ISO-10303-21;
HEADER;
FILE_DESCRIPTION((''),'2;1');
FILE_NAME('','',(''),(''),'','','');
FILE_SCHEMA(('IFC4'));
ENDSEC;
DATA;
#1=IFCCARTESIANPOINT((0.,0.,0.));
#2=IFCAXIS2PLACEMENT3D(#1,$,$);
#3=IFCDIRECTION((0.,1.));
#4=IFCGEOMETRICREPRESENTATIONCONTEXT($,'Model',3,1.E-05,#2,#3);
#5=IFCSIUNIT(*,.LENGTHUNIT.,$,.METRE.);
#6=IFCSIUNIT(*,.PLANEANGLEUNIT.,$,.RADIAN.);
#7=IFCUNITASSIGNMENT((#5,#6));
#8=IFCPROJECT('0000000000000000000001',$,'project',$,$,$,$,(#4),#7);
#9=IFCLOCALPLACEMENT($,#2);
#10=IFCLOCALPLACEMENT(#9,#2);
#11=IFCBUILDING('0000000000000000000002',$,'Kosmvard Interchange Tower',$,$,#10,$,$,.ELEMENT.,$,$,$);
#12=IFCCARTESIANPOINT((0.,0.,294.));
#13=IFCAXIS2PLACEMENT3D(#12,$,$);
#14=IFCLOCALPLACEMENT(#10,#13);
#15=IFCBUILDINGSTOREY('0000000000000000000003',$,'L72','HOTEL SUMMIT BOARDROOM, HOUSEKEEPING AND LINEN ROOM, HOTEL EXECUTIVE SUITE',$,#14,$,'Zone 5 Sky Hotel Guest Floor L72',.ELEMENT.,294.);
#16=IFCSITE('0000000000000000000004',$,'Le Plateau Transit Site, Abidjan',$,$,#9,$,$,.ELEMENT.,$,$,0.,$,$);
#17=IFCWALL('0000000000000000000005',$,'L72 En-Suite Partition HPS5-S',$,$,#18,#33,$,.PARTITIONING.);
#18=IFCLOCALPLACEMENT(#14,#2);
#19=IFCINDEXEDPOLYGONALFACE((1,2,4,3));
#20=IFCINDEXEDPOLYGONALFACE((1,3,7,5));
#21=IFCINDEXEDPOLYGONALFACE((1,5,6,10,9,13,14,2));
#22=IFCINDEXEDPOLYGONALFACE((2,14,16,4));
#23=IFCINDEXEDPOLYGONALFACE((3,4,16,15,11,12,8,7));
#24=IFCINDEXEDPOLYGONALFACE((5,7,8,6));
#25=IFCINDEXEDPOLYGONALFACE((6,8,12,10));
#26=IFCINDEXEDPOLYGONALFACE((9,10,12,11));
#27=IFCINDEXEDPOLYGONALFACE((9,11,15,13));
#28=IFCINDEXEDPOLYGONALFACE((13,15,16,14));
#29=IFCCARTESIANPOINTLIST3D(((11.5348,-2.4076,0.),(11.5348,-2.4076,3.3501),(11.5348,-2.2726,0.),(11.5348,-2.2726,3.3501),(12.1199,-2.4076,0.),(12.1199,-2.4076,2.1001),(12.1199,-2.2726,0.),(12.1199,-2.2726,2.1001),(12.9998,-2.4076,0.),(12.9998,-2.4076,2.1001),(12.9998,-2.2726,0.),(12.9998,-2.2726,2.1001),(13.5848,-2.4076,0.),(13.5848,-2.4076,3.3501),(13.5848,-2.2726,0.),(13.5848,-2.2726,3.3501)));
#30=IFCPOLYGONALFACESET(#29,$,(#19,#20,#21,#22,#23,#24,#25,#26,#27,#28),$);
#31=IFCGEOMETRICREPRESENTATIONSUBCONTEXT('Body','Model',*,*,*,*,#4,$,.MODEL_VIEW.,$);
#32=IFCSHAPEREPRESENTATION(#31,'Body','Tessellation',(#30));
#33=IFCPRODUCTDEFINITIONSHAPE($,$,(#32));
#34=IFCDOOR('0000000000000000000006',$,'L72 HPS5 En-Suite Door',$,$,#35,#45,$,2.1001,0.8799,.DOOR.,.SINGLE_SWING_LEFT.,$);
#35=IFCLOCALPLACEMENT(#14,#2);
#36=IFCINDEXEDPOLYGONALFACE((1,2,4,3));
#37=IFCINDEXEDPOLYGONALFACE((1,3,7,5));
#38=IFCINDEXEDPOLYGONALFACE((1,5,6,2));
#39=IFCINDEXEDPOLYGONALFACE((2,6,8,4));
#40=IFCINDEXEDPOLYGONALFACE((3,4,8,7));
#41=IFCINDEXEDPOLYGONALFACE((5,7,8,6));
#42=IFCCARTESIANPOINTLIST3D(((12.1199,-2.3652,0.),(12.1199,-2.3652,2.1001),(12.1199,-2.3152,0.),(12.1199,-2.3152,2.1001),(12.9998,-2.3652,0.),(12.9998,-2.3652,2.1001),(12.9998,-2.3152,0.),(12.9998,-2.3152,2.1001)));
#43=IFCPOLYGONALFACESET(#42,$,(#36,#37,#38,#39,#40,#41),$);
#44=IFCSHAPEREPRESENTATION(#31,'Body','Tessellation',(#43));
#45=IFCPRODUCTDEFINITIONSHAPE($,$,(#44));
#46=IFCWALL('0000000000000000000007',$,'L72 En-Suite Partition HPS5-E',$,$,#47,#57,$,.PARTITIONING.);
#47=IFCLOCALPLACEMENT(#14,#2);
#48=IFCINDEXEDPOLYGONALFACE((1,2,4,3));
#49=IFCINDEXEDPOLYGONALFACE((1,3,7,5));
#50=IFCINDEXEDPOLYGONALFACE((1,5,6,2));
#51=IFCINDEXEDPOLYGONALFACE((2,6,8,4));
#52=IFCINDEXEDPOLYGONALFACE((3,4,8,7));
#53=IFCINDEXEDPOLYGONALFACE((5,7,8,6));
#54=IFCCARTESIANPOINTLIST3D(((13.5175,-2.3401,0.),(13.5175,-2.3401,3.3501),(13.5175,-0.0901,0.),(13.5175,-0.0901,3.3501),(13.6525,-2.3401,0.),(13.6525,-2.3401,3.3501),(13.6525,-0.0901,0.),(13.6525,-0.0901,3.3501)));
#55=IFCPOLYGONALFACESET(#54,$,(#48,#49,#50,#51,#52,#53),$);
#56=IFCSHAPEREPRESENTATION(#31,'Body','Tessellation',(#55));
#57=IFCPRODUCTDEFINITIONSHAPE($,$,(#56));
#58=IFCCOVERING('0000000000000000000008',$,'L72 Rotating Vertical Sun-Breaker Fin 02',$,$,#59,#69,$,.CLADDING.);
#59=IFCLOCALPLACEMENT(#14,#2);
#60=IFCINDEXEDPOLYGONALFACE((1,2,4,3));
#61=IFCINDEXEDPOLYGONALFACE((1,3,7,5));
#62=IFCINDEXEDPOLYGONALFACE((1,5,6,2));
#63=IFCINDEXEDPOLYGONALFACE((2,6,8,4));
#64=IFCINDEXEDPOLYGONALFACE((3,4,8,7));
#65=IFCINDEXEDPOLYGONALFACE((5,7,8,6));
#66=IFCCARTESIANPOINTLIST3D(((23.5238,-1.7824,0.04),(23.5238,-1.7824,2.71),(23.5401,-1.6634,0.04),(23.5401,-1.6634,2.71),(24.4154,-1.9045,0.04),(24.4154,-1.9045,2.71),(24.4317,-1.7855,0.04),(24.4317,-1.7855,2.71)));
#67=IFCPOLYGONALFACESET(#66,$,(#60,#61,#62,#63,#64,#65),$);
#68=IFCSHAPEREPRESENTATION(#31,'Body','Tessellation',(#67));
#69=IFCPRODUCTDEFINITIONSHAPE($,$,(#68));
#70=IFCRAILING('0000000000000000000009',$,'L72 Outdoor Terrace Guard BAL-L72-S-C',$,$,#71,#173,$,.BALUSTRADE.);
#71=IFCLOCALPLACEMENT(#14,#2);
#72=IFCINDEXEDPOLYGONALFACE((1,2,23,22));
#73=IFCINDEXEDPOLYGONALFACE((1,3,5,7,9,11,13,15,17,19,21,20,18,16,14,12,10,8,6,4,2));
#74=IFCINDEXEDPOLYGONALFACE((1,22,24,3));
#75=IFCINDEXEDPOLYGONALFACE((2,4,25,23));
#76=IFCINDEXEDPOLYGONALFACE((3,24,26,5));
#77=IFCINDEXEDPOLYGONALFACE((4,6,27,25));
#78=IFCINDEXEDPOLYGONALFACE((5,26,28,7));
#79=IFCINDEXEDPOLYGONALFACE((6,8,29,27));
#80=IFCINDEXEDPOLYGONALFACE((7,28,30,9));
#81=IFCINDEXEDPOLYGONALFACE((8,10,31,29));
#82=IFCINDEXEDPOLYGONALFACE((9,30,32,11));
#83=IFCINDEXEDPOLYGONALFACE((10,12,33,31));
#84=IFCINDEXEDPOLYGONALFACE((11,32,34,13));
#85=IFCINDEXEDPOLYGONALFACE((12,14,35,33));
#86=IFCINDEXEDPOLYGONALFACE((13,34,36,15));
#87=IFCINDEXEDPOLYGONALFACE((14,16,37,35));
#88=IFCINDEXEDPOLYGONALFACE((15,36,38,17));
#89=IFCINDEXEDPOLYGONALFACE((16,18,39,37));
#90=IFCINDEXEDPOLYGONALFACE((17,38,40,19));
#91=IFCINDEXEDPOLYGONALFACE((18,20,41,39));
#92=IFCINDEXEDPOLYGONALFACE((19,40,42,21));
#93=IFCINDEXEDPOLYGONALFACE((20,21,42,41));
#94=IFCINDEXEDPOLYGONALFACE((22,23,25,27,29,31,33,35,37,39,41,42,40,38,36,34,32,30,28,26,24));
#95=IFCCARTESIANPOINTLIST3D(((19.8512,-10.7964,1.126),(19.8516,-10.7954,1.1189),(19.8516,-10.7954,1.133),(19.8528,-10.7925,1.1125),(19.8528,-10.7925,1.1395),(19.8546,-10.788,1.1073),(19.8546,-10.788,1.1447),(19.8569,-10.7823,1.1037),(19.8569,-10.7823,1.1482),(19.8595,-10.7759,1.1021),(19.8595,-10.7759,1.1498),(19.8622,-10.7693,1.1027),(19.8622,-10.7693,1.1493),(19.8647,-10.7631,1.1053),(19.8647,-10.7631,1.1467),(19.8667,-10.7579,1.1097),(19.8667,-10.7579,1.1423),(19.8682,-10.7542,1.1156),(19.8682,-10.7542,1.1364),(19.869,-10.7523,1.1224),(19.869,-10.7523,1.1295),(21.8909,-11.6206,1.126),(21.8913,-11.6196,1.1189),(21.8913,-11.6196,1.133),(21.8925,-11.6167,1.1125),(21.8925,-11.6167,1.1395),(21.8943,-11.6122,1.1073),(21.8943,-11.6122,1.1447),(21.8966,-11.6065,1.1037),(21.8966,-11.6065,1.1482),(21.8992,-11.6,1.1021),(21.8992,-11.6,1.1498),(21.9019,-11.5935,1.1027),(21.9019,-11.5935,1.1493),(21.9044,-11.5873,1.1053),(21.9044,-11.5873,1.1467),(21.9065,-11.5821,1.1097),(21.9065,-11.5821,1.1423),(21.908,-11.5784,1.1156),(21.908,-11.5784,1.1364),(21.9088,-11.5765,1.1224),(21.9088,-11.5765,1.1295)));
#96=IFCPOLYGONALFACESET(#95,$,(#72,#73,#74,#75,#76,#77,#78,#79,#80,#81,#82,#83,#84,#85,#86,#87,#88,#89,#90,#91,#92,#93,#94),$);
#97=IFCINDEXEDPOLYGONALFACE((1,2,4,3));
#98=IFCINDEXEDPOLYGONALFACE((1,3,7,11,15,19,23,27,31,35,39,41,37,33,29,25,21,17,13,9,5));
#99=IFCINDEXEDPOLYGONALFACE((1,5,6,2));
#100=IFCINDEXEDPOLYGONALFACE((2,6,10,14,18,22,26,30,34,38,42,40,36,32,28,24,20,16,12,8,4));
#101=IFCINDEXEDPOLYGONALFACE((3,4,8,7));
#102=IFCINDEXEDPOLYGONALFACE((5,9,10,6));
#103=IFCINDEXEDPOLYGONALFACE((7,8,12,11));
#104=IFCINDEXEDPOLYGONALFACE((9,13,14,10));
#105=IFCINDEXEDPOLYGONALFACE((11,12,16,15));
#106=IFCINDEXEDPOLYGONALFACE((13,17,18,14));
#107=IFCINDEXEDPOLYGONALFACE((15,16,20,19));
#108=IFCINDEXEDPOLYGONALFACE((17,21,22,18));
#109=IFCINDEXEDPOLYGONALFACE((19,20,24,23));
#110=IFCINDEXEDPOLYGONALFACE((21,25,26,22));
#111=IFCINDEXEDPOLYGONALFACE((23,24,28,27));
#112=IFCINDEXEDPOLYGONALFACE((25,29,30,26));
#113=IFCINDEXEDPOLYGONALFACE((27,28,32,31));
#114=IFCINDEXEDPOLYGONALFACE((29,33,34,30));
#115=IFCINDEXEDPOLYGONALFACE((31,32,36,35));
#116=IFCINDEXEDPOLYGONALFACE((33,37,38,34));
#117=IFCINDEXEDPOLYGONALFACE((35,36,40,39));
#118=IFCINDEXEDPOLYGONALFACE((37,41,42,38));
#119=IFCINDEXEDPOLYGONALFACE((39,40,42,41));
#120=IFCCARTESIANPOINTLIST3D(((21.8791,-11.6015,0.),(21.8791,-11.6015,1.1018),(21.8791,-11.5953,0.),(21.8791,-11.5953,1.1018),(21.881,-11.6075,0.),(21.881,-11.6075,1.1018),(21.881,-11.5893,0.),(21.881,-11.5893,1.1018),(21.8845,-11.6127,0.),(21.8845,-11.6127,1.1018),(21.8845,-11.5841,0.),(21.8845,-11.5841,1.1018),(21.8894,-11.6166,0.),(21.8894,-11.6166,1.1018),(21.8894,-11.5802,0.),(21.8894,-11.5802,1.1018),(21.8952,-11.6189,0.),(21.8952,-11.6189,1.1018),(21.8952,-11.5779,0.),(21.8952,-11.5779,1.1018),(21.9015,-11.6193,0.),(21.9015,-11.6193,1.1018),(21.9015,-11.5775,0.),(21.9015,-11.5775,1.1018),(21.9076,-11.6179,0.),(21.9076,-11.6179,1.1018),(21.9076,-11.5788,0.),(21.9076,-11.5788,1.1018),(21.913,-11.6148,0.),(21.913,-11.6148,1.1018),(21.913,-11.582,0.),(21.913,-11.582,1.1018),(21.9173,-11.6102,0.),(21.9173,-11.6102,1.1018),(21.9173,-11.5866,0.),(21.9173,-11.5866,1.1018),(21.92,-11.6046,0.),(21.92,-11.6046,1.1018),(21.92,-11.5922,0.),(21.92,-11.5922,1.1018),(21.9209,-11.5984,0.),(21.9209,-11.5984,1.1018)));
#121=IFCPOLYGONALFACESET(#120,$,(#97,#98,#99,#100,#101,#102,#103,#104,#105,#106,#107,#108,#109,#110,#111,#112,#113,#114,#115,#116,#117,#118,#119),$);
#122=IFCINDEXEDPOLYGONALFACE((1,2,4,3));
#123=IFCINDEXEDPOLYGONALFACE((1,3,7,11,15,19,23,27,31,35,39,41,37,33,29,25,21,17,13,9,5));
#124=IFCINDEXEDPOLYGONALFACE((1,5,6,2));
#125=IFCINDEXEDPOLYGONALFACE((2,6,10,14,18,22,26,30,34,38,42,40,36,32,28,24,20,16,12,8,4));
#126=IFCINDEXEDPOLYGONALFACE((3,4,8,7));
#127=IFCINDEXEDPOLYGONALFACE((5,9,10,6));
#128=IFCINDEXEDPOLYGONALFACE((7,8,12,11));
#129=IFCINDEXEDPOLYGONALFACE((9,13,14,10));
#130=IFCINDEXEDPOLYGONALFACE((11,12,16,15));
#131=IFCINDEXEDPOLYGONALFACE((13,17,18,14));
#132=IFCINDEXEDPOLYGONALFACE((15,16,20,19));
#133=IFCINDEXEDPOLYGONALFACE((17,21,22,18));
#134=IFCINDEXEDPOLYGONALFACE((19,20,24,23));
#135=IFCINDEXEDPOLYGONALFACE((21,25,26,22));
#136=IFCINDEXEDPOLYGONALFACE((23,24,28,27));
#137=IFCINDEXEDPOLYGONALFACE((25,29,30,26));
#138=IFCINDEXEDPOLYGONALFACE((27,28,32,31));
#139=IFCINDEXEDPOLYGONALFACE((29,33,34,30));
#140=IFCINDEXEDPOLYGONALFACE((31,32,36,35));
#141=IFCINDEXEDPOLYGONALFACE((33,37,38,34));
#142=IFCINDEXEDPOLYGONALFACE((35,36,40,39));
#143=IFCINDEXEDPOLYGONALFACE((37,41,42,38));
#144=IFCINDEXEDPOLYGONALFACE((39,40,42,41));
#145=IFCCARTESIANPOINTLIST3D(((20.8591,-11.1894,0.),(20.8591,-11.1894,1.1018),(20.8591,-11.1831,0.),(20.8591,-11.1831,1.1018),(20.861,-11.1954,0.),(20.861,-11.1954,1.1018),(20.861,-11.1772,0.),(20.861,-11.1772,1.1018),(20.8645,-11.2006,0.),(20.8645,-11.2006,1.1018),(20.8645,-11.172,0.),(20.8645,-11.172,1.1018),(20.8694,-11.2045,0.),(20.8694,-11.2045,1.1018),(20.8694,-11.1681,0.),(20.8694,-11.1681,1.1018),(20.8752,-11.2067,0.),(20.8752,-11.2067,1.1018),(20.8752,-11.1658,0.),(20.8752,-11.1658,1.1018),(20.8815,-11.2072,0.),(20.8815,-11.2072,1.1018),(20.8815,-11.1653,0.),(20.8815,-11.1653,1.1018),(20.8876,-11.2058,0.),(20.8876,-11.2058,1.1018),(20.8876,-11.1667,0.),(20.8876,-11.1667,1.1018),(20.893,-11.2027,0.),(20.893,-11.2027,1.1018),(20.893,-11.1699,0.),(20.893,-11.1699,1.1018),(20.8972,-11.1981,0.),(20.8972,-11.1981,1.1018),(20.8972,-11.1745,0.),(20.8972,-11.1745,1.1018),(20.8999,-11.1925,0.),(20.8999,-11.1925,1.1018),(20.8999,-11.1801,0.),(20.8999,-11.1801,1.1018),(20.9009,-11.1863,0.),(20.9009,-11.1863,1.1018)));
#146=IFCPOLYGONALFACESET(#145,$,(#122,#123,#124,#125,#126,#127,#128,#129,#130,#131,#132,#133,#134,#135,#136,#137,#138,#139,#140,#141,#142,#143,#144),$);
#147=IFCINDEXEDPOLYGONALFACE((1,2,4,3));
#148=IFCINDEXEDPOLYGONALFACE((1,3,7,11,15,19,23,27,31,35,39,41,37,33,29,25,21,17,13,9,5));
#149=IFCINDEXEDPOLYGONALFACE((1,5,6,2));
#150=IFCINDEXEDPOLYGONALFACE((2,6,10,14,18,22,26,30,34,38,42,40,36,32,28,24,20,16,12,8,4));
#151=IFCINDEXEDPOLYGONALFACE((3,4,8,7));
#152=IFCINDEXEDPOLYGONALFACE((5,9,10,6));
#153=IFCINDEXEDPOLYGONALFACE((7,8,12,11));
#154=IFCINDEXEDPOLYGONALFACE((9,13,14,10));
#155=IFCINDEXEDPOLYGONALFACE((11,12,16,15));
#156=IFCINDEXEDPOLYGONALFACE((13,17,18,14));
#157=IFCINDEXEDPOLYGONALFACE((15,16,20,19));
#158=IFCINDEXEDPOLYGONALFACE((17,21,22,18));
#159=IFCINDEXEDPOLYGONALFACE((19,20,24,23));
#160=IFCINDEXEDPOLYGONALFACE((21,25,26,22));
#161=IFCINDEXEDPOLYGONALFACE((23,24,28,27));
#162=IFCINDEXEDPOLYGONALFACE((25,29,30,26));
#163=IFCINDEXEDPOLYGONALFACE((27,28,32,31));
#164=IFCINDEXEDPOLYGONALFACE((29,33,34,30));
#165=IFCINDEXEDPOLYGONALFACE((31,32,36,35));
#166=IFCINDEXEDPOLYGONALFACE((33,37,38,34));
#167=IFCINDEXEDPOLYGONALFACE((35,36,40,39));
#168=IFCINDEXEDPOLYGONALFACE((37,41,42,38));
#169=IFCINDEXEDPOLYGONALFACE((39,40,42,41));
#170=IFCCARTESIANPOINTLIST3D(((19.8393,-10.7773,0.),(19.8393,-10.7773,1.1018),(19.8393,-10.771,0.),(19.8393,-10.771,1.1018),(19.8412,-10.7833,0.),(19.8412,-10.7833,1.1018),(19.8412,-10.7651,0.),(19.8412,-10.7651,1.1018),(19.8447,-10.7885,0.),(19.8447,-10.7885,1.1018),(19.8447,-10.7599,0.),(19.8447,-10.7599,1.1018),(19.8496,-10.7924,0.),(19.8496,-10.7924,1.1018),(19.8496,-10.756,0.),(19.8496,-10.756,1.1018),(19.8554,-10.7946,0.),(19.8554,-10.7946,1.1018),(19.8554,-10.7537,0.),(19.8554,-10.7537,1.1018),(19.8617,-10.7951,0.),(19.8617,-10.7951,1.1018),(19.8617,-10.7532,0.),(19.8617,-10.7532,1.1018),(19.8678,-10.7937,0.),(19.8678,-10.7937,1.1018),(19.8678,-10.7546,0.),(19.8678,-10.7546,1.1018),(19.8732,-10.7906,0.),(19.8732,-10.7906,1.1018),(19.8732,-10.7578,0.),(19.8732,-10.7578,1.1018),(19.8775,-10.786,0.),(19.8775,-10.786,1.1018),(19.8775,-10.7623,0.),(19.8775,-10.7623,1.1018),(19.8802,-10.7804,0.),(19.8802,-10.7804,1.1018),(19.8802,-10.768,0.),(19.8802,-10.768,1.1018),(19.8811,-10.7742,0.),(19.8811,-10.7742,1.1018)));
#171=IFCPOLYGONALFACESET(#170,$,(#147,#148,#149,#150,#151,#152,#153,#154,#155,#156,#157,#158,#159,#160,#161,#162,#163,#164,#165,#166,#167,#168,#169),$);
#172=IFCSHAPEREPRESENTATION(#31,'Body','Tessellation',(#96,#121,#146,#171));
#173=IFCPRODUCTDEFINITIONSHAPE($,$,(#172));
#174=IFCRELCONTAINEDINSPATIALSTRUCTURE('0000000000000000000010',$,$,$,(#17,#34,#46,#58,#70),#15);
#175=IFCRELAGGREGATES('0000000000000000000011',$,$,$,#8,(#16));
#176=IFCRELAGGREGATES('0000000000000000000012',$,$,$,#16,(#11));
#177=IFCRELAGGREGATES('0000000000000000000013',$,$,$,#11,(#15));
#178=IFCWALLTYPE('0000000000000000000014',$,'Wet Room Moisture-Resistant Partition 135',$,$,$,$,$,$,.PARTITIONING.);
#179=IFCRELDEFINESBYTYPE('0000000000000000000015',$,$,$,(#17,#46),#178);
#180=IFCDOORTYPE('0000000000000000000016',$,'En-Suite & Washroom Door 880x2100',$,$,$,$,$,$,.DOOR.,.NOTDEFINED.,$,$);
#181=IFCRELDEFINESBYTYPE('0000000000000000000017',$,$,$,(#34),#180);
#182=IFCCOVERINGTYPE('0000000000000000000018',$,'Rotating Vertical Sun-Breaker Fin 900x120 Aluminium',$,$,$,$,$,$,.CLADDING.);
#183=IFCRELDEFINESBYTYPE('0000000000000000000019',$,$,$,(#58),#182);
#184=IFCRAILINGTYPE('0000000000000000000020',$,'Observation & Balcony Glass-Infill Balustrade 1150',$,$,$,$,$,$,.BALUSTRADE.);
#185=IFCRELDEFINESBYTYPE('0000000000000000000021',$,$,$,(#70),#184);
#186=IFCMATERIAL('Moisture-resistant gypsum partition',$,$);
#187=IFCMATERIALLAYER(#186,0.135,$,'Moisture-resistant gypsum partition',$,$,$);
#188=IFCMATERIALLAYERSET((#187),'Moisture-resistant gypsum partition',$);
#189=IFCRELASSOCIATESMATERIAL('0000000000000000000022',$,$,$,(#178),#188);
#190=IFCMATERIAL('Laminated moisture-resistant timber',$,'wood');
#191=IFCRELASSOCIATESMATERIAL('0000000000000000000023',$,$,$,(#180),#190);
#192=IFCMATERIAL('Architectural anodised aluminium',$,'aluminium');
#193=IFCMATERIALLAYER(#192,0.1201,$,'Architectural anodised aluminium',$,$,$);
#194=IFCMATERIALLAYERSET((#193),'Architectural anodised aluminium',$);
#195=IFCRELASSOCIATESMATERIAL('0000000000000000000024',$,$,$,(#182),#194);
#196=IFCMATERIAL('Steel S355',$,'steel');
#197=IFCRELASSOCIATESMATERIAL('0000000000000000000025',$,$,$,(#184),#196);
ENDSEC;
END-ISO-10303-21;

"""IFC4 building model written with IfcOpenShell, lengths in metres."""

from ifc_helpers import new_model, si_unit, direction, frame, frame_2d, origin, origin_2d, place, context, subcontext, project, spatial, rectangle, circle, extrude, source, transform, mapped, material, layer, layer_set, type_object, element, fill, save


model = new_model("IFC4")

# Units and contexts
model_context = context("Model", 3, precision=1e-05, world=origin(), true_north=direction((0.0, 1.0)))
body_context = subcontext(model_context, "Body", "Model", "MODEL_VIEW")
ifc_project = project(units=[si_unit("LENGTHUNIT", "METRE"), si_unit("PLANEANGLEUNIT", "RADIAN")], contexts=[model_context])

# Site, building, storey
site_placement = place(None, origin())
site = spatial("IfcSite", under=ifc_project, at=site_placement, Name="Le Plateau Transit Site, Abidjan", CompositionType="ELEMENT", RefElevation=0.0)
building_placement = place(site_placement, origin())
building = spatial("IfcBuilding", under=site, at=building_placement, Name="Kosmvard Interchange Tower", CompositionType="ELEMENT")
storey_placement = place(building_placement, frame((0.0, 0.0, 294.0)))
storey = spatial("IfcBuildingStorey", under=building, at=storey_placement, Name="L72", Description="HOTEL SUMMIT BOARDROOM, HOUSEKEEPING AND LINEN ROOM, HOTEL EXECUTIVE SUITE", LongName="Zone 5 Sky Hotel Guest Floor L72", CompositionType="ELEMENT", Elevation=294.0)

# Shared definitions
ifc_material_1 = material(Name="Steel S355", Category="steel")

# Wall, opening, door
ifc_material_2 = material(Name="Moisture-resistant gypsum partition")
ifc_layer_1 = layer(ifc_material_2, 0.135, Name="Moisture-resistant gypsum partition")
ifc_layer_set_1 = layer_set([ifc_layer_1], Name="Moisture-resistant gypsum partition")
wall_type_1 = type_object("IfcWallType", Name="Wet Room Moisture-Resistant Partition 135", PredefinedType="PARTITIONING", material=ifc_layer_set_1)
wall_1_placement = place(storey_placement, frame((11.5349, -2.3401, 0.0), z_axis=(0.0, 0.0, 1.0), x_axis=(1.0, 0.0, 0.0)))
wall_1 = element("IfcWall", 1, at=wall_1_placement, inside=storey, type_object=wall_type_1, Name="L72 En-Suite Partition HPS5-S", PredefinedType="PARTITIONING", context=body_context, shape_type="SweptSolid", body=[
    extrude(rectangle(XDim=2.05, YDim=0.135, at=frame_2d((1.0249, 0.0))), origin(), (0.0, 0.0, 1.0), 3.3501),
])
opening_1_placement = place(wall_1_placement, frame((0.585, 0.0, 0.0)))
opening_1 = element("IfcOpeningElement", 2, at=opening_1_placement, cuts=wall_1, PredefinedType="OPENING", context=body_context, shape_type="SweptSolid", body=[
    extrude(rectangle(XDim=0.8799, YDim=2.1001, at=frame_2d((0.4399, 1.05))), frame((0.0, 0.0776, 0.0), z_axis=(0.0, -1.0, 0.0), x_axis=(1.0, 0.0, 0.0)), (0.0, 0.0, 1.0), 0.155),
])
ifc_material_3 = material(Name="Laminated moisture-resistant timber", Category="wood")
door_type_1 = type_object("IfcDoorType", Name="En-Suite & Washroom Door 880x2100", OperationType="NOTDEFINED", PredefinedType="DOOR", material=ifc_material_3)
shared_shape_1 = source(origin(), body_context, "Body", "SweptSolid", [
    extrude(rectangle(XDim=0.8799, YDim=2.1001, at=frame_2d((0.4399, 1.05))), frame((0.0, 0.0249, 0.0), z_axis=(0.0, -1.0, 0.0), x_axis=(1.0, 0.0, 0.0)), (0.0, 0.0, 1.0), 0.05),
])
door_1_placement = place(opening_1_placement, origin())
door_1 = element("IfcDoor", 3, at=door_1_placement, inside=storey, type_object=door_type_1, Name="L72 HPS5 En-Suite Door", OperationType="SINGLE_SWING_LEFT", OverallHeight=2.1001, OverallWidth=0.8799, PredefinedType="DOOR", context=body_context, shape_type="MappedRepresentation", body=[
    mapped(shared_shape_1, transform((0.0, 0.0, 0.0), scale=1.0)),
])
fill(opening_1, door_1)

# Wall
wall_2_placement = place(storey_placement, frame((13.585, -2.3401, 0.0), z_axis=(0.0, 0.0, 1.0), x_axis=(0.0, 1.0, 0.0)))
element("IfcWall", 4, at=wall_2_placement, inside=storey, type_object=wall_type_1, Name="L72 En-Suite Partition HPS5-E", PredefinedType="PARTITIONING", context=body_context, shape_type="SweptSolid", body=[
    extrude(rectangle(XDim=2.25, YDim=0.135, at=frame_2d((1.125, 0.0))), origin(), (0.0, 0.0, 1.0), 3.3501),
])

# Covering
ifc_material_4 = material(Name="Architectural anodised aluminium", Category="aluminium")
ifc_layer_2 = layer(ifc_material_4, 0.1201, Name="Architectural anodised aluminium")
ifc_layer_set_2 = layer_set([ifc_layer_2], Name="Architectural anodised aluminium")
covering_type = type_object("IfcCoveringType", Name="Rotating Vertical Sun-Breaker Fin 900x120 Aluminium", PredefinedType="CLADDING", material=ifc_layer_set_2)
shared_shape_2 = source(origin(), body_context, "Body", "SweptSolid", [
    extrude(rectangle(XDim=0.8999, YDim=0.1201, at=origin_2d()), origin(), (0.0, 0.0, 1.0), 2.6699),
])
covering_placement = place(storey_placement, frame((23.9778, -1.7839, 0.04), z_axis=(0.0, 0.0, 1.0), x_axis=(0.990748, -0.135716, 0.0)))
element("IfcCovering", 5, at=covering_placement, inside=storey, type_object=covering_type, Name="L72 Rotating Vertical Sun-Breaker Fin 02", PredefinedType="CLADDING", context=body_context, shape_type="MappedRepresentation", body=[
    mapped(shared_shape_2, transform((0.0, 0.0, 0.0), scale=1.0)),
])

# Railing
railing_type = type_object("IfcRailingType", Name="Observation & Balcony Glass-Infill Balustrade 1150", PredefinedType="BALUSTRADE", material=ifc_material_1)
shared_shape_3 = source(origin(), body_context, "Body", "SweptSolid", [
    extrude(circle(Radius=0.0239, at=origin_2d()), frame((0.0, 0.0, 1.126), z_axis=(-0.92717, 0.374641, 0.0), x_axis=(-0.374641, -0.92717, 0.0)), (0.0, 0.0, 1.0), 2.2),
    extrude(circle(Radius=0.021, at=origin_2d()), origin(), (0.0, 0.0, 1.0), 1.1018),
    extrude(circle(Radius=0.021, at=origin_2d()), frame((-1.02, 0.4121, 0.0)), (0.0, 0.0, 1.0), 1.1018),
    extrude(circle(Radius=0.021, at=origin_2d()), frame((-2.0398, 0.8242, 0.0)), (0.0, 0.0, 1.0), 1.1018),
])
railing_placement = place(storey_placement, frame((21.8999, -11.5984, 0.0)))
element("IfcRailing", 6, at=railing_placement, inside=storey, type_object=railing_type, Name="L72 Outdoor Terrace Guard BAL-L72-S-C", PredefinedType="BALUSTRADE", context=body_context, shape_type="MappedRepresentation", body=[
    mapped(shared_shape_3, transform((0.0, 0.0, 0.0), scale=1.0)),
])

save(model, "model.ifc")
